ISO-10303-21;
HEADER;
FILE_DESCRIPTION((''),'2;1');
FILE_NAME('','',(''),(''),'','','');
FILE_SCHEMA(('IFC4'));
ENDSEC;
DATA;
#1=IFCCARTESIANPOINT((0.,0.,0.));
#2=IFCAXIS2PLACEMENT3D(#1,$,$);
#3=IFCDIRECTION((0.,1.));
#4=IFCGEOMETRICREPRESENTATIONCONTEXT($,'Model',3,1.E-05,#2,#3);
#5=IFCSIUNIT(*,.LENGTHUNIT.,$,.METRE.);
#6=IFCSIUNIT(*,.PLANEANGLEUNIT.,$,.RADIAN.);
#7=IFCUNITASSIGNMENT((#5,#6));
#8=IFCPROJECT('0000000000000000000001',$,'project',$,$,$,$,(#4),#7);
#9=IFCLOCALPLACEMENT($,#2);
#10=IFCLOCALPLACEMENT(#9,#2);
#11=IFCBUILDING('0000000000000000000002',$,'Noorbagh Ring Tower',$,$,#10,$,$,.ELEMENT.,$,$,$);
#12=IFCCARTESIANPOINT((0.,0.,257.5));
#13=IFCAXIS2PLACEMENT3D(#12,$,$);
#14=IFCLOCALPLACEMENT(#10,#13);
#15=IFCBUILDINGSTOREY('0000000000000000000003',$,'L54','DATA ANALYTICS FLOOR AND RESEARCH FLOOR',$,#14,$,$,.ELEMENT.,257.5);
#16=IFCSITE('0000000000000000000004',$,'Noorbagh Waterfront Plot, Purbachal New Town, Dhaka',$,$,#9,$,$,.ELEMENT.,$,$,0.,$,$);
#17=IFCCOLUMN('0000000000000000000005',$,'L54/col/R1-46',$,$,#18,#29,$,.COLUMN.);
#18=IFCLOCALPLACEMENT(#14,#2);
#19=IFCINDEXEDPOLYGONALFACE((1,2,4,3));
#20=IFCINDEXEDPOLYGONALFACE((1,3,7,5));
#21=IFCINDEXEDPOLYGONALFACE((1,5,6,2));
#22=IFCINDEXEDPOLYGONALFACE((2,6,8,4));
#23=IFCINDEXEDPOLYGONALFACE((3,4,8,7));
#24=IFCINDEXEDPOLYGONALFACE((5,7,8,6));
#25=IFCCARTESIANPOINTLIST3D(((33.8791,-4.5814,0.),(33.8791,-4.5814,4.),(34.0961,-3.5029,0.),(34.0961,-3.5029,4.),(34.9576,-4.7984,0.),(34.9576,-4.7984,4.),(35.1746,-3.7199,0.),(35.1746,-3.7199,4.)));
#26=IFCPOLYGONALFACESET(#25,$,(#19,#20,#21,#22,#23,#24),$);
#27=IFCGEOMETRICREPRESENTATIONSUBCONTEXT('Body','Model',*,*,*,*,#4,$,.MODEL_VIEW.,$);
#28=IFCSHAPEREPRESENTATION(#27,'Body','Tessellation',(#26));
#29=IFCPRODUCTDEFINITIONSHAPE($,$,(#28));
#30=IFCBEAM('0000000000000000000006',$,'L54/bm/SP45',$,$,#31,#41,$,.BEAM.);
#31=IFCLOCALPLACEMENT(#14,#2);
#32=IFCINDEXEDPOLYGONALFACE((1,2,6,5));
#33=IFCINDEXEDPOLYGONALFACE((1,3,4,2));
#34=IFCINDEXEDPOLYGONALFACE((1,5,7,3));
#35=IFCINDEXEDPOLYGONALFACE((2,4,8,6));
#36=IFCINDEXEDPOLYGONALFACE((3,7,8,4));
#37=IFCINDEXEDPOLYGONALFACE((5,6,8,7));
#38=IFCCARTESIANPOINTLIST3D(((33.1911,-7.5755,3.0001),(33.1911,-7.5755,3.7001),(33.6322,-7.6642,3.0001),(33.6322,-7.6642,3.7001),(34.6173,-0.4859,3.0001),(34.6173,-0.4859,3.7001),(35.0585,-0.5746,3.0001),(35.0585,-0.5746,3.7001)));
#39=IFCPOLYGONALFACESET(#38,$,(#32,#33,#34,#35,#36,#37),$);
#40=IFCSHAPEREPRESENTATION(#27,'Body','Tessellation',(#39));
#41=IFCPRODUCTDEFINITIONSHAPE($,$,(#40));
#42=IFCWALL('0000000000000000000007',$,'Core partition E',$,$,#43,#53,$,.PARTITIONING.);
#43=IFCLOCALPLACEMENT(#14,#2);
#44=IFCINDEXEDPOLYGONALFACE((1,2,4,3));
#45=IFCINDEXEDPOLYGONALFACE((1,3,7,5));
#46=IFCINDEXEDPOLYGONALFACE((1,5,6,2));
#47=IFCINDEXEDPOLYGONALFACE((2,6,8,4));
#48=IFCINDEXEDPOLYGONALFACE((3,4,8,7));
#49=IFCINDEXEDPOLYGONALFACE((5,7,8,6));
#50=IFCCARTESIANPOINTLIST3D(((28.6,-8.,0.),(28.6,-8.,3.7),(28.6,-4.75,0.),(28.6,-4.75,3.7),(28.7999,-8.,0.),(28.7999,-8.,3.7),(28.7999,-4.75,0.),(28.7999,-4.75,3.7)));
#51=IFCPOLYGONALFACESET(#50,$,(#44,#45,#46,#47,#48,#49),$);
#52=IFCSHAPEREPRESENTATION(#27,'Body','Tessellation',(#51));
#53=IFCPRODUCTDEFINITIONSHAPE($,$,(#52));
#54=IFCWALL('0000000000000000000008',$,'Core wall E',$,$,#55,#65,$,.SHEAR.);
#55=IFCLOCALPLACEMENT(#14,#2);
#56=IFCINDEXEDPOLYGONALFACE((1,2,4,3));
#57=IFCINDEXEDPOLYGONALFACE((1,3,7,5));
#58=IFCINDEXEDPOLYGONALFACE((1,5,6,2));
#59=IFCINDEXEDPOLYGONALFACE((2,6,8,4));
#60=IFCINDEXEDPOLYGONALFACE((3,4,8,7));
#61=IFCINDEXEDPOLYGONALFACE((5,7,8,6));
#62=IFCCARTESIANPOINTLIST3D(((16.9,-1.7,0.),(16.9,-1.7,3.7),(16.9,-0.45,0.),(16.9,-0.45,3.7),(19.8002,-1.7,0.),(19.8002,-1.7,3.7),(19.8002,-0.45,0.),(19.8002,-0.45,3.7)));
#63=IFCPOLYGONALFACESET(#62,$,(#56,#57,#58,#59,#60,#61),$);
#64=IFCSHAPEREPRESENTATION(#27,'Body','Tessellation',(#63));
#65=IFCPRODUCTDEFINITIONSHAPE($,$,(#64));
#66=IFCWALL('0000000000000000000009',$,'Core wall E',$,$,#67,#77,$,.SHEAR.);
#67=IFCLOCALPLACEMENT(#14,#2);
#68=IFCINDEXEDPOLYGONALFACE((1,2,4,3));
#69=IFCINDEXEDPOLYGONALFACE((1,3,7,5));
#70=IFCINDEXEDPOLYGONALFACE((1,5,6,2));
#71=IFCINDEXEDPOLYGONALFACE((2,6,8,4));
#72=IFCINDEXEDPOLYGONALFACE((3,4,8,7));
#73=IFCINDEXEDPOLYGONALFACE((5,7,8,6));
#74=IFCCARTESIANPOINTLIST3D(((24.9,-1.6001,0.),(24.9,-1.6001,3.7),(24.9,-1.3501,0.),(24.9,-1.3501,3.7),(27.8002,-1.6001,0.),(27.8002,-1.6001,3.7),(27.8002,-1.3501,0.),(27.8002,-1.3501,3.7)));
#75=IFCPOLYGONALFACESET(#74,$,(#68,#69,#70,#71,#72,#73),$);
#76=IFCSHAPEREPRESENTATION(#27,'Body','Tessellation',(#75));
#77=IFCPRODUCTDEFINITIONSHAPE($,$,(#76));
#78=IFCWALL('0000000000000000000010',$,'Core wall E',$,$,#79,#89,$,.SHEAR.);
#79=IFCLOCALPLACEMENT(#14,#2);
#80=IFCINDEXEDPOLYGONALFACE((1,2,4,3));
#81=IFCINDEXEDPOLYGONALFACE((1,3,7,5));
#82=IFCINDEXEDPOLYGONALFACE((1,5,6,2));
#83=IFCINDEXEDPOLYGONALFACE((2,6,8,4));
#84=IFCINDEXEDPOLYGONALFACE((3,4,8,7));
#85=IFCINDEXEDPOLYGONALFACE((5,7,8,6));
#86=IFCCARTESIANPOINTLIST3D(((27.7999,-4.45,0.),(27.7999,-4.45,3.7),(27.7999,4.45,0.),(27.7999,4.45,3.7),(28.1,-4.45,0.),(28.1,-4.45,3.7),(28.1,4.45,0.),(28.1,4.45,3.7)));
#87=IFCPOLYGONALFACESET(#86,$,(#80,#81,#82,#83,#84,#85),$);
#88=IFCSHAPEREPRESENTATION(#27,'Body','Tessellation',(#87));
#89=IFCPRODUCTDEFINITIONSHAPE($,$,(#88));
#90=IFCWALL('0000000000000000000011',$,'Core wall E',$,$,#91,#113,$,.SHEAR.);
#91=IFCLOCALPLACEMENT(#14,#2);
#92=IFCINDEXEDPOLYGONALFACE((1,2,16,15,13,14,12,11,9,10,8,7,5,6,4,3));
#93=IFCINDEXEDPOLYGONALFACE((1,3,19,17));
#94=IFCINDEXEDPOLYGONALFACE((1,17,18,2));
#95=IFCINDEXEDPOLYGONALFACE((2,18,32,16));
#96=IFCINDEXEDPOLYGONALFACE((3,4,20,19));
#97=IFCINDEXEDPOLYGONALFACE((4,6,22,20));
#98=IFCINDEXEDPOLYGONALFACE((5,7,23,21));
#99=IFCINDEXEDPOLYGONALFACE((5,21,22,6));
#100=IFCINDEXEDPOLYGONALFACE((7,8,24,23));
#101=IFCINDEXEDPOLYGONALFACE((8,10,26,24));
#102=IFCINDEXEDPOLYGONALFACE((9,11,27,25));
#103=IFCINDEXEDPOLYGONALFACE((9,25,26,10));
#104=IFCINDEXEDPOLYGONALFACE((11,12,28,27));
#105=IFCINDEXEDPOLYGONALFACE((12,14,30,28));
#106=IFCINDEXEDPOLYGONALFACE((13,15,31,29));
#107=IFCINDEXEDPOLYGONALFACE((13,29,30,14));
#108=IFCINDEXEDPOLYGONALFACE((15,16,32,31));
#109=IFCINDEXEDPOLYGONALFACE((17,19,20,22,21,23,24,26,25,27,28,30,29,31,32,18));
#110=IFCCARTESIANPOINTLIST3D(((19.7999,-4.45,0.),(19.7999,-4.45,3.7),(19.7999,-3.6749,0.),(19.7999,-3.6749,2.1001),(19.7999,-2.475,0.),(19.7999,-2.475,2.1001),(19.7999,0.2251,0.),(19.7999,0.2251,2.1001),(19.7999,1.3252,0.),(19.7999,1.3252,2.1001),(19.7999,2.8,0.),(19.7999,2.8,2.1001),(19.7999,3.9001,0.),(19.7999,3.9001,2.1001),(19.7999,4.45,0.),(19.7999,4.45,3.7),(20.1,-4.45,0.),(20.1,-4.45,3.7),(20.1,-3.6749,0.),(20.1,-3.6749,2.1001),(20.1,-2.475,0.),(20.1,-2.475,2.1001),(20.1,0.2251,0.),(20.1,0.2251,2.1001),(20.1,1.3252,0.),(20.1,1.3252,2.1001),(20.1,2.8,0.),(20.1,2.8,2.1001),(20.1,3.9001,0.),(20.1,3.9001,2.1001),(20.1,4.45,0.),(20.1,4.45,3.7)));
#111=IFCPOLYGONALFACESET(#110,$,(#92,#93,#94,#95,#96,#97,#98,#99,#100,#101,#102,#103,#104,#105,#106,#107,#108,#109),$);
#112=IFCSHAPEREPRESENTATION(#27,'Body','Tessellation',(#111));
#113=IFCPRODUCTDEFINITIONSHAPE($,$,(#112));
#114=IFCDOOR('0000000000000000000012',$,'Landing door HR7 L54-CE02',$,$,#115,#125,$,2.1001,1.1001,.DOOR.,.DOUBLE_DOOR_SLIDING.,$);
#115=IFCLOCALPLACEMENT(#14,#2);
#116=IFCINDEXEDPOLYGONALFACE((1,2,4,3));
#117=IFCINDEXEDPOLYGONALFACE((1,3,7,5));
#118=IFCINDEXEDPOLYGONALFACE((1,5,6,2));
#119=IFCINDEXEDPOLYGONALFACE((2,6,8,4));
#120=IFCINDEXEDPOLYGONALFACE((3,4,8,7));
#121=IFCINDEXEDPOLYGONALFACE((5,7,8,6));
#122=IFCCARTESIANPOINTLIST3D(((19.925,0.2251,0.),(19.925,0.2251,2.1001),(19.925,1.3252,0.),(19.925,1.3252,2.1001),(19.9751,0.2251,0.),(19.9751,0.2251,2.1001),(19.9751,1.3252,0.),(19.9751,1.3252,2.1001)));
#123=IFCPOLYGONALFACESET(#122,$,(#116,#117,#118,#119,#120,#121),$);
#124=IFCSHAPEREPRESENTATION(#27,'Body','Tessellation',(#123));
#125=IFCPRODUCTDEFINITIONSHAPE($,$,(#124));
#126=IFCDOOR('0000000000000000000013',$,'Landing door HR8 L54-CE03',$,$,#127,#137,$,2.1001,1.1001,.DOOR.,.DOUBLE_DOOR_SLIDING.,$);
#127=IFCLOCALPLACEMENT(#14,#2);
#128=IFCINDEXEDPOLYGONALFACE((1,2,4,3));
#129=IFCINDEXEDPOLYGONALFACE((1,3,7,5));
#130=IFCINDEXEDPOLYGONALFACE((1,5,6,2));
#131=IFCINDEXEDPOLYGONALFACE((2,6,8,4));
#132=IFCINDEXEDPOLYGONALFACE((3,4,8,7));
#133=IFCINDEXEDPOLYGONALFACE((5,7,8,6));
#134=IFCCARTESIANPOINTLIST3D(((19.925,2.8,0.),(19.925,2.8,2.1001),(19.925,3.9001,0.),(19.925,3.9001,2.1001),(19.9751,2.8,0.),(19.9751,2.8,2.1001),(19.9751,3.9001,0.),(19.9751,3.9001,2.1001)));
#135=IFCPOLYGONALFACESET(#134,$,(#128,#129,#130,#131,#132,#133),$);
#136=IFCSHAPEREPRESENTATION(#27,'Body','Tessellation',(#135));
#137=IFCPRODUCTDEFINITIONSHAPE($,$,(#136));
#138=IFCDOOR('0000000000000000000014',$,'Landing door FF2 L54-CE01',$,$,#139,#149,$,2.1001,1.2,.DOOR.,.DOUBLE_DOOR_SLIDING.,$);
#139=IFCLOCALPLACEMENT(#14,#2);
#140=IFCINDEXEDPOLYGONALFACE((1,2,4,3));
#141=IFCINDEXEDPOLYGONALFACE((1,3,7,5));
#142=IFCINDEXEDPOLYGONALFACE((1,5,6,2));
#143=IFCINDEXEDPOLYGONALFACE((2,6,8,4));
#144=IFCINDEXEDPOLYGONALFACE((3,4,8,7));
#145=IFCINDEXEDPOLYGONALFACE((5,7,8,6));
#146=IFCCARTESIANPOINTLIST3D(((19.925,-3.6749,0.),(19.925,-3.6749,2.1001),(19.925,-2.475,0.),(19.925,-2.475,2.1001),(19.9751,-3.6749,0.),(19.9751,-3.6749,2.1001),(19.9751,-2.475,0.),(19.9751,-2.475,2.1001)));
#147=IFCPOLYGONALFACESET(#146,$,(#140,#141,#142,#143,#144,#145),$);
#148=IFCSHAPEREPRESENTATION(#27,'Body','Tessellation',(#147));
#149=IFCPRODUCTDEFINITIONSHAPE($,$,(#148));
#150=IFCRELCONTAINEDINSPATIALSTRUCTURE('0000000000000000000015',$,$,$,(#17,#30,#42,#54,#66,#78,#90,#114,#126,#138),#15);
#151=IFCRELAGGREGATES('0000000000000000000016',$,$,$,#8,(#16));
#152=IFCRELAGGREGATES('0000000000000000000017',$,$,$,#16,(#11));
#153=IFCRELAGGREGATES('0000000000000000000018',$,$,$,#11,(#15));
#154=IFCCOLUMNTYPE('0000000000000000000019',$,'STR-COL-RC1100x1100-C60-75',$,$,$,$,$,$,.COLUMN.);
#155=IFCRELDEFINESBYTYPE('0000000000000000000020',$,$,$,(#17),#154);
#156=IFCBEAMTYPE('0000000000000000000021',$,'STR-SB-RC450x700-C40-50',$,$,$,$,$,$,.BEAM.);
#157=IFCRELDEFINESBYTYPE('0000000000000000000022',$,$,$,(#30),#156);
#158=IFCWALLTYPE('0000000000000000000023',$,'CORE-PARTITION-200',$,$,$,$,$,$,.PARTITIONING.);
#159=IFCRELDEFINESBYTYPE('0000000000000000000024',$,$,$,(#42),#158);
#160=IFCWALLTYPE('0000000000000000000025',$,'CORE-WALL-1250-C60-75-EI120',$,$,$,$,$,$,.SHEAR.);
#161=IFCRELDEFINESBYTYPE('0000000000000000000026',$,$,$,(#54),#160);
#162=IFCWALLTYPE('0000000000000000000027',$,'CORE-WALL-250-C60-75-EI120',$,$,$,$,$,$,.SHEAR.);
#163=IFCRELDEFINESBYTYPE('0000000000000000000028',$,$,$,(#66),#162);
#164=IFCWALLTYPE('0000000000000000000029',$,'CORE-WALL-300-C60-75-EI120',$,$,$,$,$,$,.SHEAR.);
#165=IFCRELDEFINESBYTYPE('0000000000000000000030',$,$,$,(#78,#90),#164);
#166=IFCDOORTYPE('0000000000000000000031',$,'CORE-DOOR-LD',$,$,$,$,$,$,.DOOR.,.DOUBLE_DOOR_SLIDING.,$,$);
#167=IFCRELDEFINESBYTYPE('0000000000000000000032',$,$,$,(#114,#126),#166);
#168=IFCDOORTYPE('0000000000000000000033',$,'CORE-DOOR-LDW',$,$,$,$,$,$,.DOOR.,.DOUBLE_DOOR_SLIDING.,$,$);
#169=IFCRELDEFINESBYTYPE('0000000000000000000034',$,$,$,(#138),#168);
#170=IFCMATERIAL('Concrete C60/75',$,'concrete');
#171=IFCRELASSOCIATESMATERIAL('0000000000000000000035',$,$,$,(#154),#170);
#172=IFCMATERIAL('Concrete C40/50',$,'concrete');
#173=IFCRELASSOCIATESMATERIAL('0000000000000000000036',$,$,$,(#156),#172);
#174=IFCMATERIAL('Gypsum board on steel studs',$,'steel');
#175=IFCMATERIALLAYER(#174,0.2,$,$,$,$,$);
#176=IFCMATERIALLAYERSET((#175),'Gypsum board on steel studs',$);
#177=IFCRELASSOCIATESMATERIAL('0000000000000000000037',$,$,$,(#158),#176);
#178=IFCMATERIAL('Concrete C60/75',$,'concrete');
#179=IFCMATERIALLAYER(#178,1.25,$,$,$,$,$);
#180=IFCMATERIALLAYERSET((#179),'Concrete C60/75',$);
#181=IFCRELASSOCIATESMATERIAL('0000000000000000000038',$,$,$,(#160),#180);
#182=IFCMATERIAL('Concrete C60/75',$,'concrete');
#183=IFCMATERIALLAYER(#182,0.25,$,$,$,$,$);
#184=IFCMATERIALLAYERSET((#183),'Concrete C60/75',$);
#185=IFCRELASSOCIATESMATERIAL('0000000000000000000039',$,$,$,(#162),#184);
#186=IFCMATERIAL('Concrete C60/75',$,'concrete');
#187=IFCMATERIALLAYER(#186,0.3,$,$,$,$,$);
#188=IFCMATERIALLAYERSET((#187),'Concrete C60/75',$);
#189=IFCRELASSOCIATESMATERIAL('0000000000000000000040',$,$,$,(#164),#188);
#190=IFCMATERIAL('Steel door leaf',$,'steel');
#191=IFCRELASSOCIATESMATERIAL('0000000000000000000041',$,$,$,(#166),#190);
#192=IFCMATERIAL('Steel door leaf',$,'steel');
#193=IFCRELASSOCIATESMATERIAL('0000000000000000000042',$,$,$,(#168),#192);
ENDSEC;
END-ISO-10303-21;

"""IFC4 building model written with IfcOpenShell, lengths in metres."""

from ifc_helpers import new_model, si_unit, direction, frame, frame_2d, origin, origin_2d, place, context, subcontext, project, spatial, rectangle, extrude, material, layer, layer_set, material_profile, profile_set, type_object, element, fill, save


model = new_model("IFC4")

# Units and contexts
model_context = context("Model", 3, precision=1e-05, world=origin(), true_north=direction((0.0, 1.0)))
body_context = subcontext(model_context, "Body", "Model", "MODEL_VIEW")
ifc_project = project(units=[si_unit("LENGTHUNIT", "METRE"), si_unit("PLANEANGLEUNIT", "RADIAN")], contexts=[model_context])

# Site, building, storey
site_placement = place(None, origin())
site = spatial("IfcSite", under=ifc_project, at=site_placement, Name="Noorbagh Waterfront Plot, Purbachal New Town, Dhaka", CompositionType="ELEMENT", RefElevation=0.0)
building_placement = place(site_placement, origin())
building = spatial("IfcBuilding", under=site, at=building_placement, Name="Noorbagh Ring Tower", CompositionType="ELEMENT")
storey_placement = place(building_placement, frame((0.0, 0.0, 257.5)))
storey = spatial("IfcBuildingStorey", under=building, at=storey_placement, Name="L54", Description="DATA ANALYTICS FLOOR AND RESEARCH FLOOR", CompositionType="ELEMENT", Elevation=257.5)

# Column
ifc_material_1 = material(Name="Concrete C60/75", Category="concrete")
ifc_material_profile_1 = material_profile(ifc_material_1, rectangle(XDim=1.1001, YDim=1.1001, at=origin_2d()), Name="RC1100x1100")
ifc_profile_set_1 = profile_set([ifc_material_profile_1], Name="Concrete C60/75")
column_type = type_object("IfcColumnType", Name="STR-COL-RC1100x1100-C60-75", PredefinedType="COLUMN", material=ifc_profile_set_1)
column_placement = place(storey_placement, frame((34.5269, -4.1506, 0.0), z_axis=(0.0, 0.0, 1.0), x_axis=(0.19723, 0.980357, 0.0)))
element("IfcColumn", 1, at=column_placement, inside=storey, type_object=column_type, Name="L54/col/R1-46", PredefinedType="COLUMN", context=body_context, shape_type="SweptSolid", body=[
    extrude(rectangle(XDim=1.1001, YDim=1.1001, at=origin_2d()), origin(), (0.0, 0.0, 1.0), 4.0),
])

# Beam
ifc_material_2 = material(Name="Concrete C40/50", Category="concrete")
ifc_material_profile_2 = material_profile(ifc_material_2, rectangle(XDim=0.45, YDim=0.7, at=origin_2d()), Name="RC450x700")
ifc_profile_set_2 = profile_set([ifc_material_profile_2], Name="Concrete C40/50")
beam_type = type_object("IfcBeamType", Name="STR-SB-RC450x700-C40-50", PredefinedType="BEAM", material=ifc_profile_set_2)
beam_placement = place(storey_placement, frame((33.4116, -7.6199, 3.3501), z_axis=(0.197226, 0.980358, 0.0), x_axis=(-0.980358, 0.197226, 0.0)))
element("IfcBeam", 2, at=beam_placement, inside=storey, type_object=beam_type, Name="L54/bm/SP45", PredefinedType="BEAM", context=body_context, shape_type="SweptSolid", body=[
    extrude(rectangle(XDim=0.45, YDim=0.7, at=origin_2d()), origin(), (0.0, 0.0, 1.0), 7.2317),
])

# Walls
ifc_material_3 = material(Name="Gypsum board on steel studs", Category="steel")
ifc_layer_1 = layer(ifc_material_3, 0.2)
ifc_layer_set_1 = layer_set([ifc_layer_1], Name="Gypsum board on steel studs")
wall_type_1 = type_object("IfcWallType", Name="CORE-PARTITION-200", PredefinedType="PARTITIONING", material=ifc_layer_set_1)
wall_1_placement = place(storey_placement, frame((28.7, -8.0, 0.0), z_axis=(0.0, 0.0, 1.0), x_axis=(0.0, 1.0, 0.0)))
element("IfcWall", 3, at=wall_1_placement, inside=storey, type_object=wall_type_1, Name="Core partition E", PredefinedType="PARTITIONING", context=body_context, shape_type="SweptSolid", body=[
    extrude(rectangle(XDim=3.25, YDim=0.2, at=frame_2d((1.625, 0.0))), origin(), (0.0, 0.0, 1.0), 3.7),
])
ifc_material_4 = material(Name="Concrete C60/75", Category="concrete")
ifc_layer_2 = layer(ifc_material_4, 1.25)
ifc_layer_set_2 = layer_set([ifc_layer_2], Name="Concrete C60/75")
wall_type_2 = type_object("IfcWallType", Name="CORE-WALL-1250-C60-75-EI120", PredefinedType="SHEAR", material=ifc_layer_set_2)
wall_2_placement = place(storey_placement, frame((16.8999, -1.075, 0.0), z_axis=(0.0, 0.0, 1.0), x_axis=(1.0, 0.0, 0.0)))
element("IfcWall", 4, at=wall_2_placement, inside=storey, type_object=wall_type_2, Name="Core wall E", PredefinedType="SHEAR", context=body_context, shape_type="SweptSolid", body=[
    extrude(rectangle(XDim=2.9001, YDim=1.25, at=frame_2d((1.4502, 0.0))), origin(), (0.0, 0.0, 1.0), 3.7),
])
ifc_material_5 = material(Name="Concrete C60/75", Category="concrete")
ifc_layer_3 = layer(ifc_material_5, 0.25)
ifc_layer_set_3 = layer_set([ifc_layer_3], Name="Concrete C60/75")
wall_type_3 = type_object("IfcWallType", Name="CORE-WALL-250-C60-75-EI120", PredefinedType="SHEAR", material=ifc_layer_set_3)
wall_3_placement = place(storey_placement, frame((24.8999, -1.4751, 0.0), z_axis=(0.0, 0.0, 1.0), x_axis=(1.0, 0.0, 0.0)))
element("IfcWall", 5, at=wall_3_placement, inside=storey, type_object=wall_type_3, Name="Core wall E", PredefinedType="SHEAR", context=body_context, shape_type="SweptSolid", body=[
    extrude(rectangle(XDim=2.9001, YDim=0.25, at=frame_2d((1.4502, 0.0))), origin(), (0.0, 0.0, 1.0), 3.7),
])
ifc_material_6 = material(Name="Concrete C60/75", Category="concrete")
ifc_layer_4 = layer(ifc_material_6, 0.3)
ifc_layer_set_4 = layer_set([ifc_layer_4], Name="Concrete C60/75")
wall_type_4 = type_object("IfcWallType", Name="CORE-WALL-300-C60-75-EI120", PredefinedType="SHEAR", material=ifc_layer_set_4)
wall_4_placement = place(storey_placement, frame((27.95, -4.45, 0.0), z_axis=(0.0, 0.0, 1.0), x_axis=(0.0, 1.0, 0.0)))
element("IfcWall", 6, at=wall_4_placement, inside=storey, type_object=wall_type_4, Name="Core wall E", PredefinedType="SHEAR", context=body_context, shape_type="SweptSolid", body=[
    extrude(rectangle(XDim=8.8999, YDim=0.3, at=frame_2d((4.45, 0.0))), origin(), (0.0, 0.0, 1.0), 3.7),
])

# Wall, openings, doors
wall_5_placement = place(storey_placement, frame((19.95, -4.45, 0.0), z_axis=(0.0, 0.0, 1.0), x_axis=(0.0, 1.0, 0.0)))
wall_5 = element("IfcWall", 7, at=wall_5_placement, inside=storey, type_object=wall_type_4, Name="Core wall E", PredefinedType="SHEAR", context=body_context, shape_type="SweptSolid", body=[
    extrude(rectangle(XDim=8.8999, YDim=0.3, at=frame_2d((4.45, 0.0))), origin(), (0.0, 0.0, 1.0), 3.7),
])
opening_1_placement = place(wall_5_placement, frame((0.7749, 0.0, 0.0)))
opening_1 = element("IfcOpeningElement", 8, at=opening_1_placement, cuts=wall_5, PredefinedType="OPENING", context=body_context, shape_type="SweptSolid", body=[
    extrude(rectangle(XDim=1.2, YDim=2.1001, at=frame_2d((0.6001, 1.05))), frame((0.0, 0.1602, 0.0), z_axis=(0.0, -1.0, 0.0), x_axis=(1.0, 0.0, 0.0)), (0.0, 0.0, 1.0), 0.3201),
])
opening_2_placement = place(wall_5_placement, frame((4.675, 0.0, 0.0)))
opening_2 = element("IfcOpeningElement", 9, at=opening_2_placement, cuts=wall_5, PredefinedType="OPENING", context=body_context, shape_type="SweptSolid", body=[
    extrude(rectangle(XDim=1.1001, YDim=2.1001, at=frame_2d((0.55, 1.05))), frame((0.0, 0.1602, 0.0), z_axis=(0.0, -1.0, 0.0), x_axis=(1.0, 0.0, 0.0)), (0.0, 0.0, 1.0), 0.3201),
])
opening_3_placement = place(wall_5_placement, frame((7.25, 0.0, 0.0)))
opening_3 = element("IfcOpeningElement", 10, at=opening_3_placement, cuts=wall_5, PredefinedType="OPENING", context=body_context, shape_type="SweptSolid", body=[
    extrude(rectangle(XDim=1.1001, YDim=2.1001, at=frame_2d((0.55, 1.05))), frame((0.0, 0.1602, 0.0), z_axis=(0.0, -1.0, 0.0), x_axis=(1.0, 0.0, 0.0)), (0.0, 0.0, 1.0), 0.3201),
])
ifc_material_7 = material(Name="Steel door leaf", Category="steel")
door_type_1 = type_object("IfcDoorType", Name="CORE-DOOR-LD", OperationType="DOUBLE_DOOR_SLIDING", PredefinedType="DOOR", material=ifc_material_7)
door_1_placement = place(opening_2_placement, origin())
door_1 = element("IfcDoor", 11, at=door_1_placement, inside=storey, type_object=door_type_1, Name="Landing door HR7 L54-CE02", OperationType="DOUBLE_DOOR_SLIDING", OverallHeight=2.1001, OverallWidth=1.1001, PredefinedType="DOOR", context=body_context, shape_type="SweptSolid", body=[
    extrude(rectangle(XDim=1.1001, YDim=2.1001, at=frame_2d((0.55, 1.05))), frame((0.0, 0.0249, 0.0), z_axis=(0.0, -1.0, 0.0), x_axis=(1.0, 0.0, 0.0)), (0.0, 0.0, 1.0), 0.05),
])
fill(opening_2, door_1)
door_2_placement = place(opening_3_placement, origin())
door_2 = element("IfcDoor", 12, at=door_2_placement, inside=storey, type_object=door_type_1, Name="Landing door HR8 L54-CE03", OperationType="DOUBLE_DOOR_SLIDING", OverallHeight=2.1001, OverallWidth=1.1001, PredefinedType="DOOR", context=body_context, shape_type="SweptSolid", body=[
    extrude(rectangle(XDim=1.1001, YDim=2.1001, at=frame_2d((0.55, 1.05))), frame((0.0, 0.0249, 0.0), z_axis=(0.0, -1.0, 0.0), x_axis=(1.0, 0.0, 0.0)), (0.0, 0.0, 1.0), 0.05),
])
fill(opening_3, door_2)
ifc_material_8 = material(Name="Steel door leaf", Category="steel")
door_type_2 = type_object("IfcDoorType", Name="CORE-DOOR-LDW", OperationType="DOUBLE_DOOR_SLIDING", PredefinedType="DOOR", material=ifc_material_8)
door_3_placement = place(opening_1_placement, origin())
door_3 = element("IfcDoor", 13, at=door_3_placement, inside=storey, type_object=door_type_2, Name="Landing door FF2 L54-CE01", OperationType="DOUBLE_DOOR_SLIDING", OverallHeight=2.1001, OverallWidth=1.2, PredefinedType="DOOR", context=body_context, shape_type="SweptSolid", body=[
    extrude(rectangle(XDim=1.2, YDim=2.1001, at=frame_2d((0.6001, 1.05))), frame((0.0, 0.0249, 0.0), z_axis=(0.0, -1.0, 0.0), x_axis=(1.0, 0.0, 0.0)), (0.0, 0.0, 1.0), 0.05),
])
fill(opening_1, door_3)

save(model, "model.ifc")
